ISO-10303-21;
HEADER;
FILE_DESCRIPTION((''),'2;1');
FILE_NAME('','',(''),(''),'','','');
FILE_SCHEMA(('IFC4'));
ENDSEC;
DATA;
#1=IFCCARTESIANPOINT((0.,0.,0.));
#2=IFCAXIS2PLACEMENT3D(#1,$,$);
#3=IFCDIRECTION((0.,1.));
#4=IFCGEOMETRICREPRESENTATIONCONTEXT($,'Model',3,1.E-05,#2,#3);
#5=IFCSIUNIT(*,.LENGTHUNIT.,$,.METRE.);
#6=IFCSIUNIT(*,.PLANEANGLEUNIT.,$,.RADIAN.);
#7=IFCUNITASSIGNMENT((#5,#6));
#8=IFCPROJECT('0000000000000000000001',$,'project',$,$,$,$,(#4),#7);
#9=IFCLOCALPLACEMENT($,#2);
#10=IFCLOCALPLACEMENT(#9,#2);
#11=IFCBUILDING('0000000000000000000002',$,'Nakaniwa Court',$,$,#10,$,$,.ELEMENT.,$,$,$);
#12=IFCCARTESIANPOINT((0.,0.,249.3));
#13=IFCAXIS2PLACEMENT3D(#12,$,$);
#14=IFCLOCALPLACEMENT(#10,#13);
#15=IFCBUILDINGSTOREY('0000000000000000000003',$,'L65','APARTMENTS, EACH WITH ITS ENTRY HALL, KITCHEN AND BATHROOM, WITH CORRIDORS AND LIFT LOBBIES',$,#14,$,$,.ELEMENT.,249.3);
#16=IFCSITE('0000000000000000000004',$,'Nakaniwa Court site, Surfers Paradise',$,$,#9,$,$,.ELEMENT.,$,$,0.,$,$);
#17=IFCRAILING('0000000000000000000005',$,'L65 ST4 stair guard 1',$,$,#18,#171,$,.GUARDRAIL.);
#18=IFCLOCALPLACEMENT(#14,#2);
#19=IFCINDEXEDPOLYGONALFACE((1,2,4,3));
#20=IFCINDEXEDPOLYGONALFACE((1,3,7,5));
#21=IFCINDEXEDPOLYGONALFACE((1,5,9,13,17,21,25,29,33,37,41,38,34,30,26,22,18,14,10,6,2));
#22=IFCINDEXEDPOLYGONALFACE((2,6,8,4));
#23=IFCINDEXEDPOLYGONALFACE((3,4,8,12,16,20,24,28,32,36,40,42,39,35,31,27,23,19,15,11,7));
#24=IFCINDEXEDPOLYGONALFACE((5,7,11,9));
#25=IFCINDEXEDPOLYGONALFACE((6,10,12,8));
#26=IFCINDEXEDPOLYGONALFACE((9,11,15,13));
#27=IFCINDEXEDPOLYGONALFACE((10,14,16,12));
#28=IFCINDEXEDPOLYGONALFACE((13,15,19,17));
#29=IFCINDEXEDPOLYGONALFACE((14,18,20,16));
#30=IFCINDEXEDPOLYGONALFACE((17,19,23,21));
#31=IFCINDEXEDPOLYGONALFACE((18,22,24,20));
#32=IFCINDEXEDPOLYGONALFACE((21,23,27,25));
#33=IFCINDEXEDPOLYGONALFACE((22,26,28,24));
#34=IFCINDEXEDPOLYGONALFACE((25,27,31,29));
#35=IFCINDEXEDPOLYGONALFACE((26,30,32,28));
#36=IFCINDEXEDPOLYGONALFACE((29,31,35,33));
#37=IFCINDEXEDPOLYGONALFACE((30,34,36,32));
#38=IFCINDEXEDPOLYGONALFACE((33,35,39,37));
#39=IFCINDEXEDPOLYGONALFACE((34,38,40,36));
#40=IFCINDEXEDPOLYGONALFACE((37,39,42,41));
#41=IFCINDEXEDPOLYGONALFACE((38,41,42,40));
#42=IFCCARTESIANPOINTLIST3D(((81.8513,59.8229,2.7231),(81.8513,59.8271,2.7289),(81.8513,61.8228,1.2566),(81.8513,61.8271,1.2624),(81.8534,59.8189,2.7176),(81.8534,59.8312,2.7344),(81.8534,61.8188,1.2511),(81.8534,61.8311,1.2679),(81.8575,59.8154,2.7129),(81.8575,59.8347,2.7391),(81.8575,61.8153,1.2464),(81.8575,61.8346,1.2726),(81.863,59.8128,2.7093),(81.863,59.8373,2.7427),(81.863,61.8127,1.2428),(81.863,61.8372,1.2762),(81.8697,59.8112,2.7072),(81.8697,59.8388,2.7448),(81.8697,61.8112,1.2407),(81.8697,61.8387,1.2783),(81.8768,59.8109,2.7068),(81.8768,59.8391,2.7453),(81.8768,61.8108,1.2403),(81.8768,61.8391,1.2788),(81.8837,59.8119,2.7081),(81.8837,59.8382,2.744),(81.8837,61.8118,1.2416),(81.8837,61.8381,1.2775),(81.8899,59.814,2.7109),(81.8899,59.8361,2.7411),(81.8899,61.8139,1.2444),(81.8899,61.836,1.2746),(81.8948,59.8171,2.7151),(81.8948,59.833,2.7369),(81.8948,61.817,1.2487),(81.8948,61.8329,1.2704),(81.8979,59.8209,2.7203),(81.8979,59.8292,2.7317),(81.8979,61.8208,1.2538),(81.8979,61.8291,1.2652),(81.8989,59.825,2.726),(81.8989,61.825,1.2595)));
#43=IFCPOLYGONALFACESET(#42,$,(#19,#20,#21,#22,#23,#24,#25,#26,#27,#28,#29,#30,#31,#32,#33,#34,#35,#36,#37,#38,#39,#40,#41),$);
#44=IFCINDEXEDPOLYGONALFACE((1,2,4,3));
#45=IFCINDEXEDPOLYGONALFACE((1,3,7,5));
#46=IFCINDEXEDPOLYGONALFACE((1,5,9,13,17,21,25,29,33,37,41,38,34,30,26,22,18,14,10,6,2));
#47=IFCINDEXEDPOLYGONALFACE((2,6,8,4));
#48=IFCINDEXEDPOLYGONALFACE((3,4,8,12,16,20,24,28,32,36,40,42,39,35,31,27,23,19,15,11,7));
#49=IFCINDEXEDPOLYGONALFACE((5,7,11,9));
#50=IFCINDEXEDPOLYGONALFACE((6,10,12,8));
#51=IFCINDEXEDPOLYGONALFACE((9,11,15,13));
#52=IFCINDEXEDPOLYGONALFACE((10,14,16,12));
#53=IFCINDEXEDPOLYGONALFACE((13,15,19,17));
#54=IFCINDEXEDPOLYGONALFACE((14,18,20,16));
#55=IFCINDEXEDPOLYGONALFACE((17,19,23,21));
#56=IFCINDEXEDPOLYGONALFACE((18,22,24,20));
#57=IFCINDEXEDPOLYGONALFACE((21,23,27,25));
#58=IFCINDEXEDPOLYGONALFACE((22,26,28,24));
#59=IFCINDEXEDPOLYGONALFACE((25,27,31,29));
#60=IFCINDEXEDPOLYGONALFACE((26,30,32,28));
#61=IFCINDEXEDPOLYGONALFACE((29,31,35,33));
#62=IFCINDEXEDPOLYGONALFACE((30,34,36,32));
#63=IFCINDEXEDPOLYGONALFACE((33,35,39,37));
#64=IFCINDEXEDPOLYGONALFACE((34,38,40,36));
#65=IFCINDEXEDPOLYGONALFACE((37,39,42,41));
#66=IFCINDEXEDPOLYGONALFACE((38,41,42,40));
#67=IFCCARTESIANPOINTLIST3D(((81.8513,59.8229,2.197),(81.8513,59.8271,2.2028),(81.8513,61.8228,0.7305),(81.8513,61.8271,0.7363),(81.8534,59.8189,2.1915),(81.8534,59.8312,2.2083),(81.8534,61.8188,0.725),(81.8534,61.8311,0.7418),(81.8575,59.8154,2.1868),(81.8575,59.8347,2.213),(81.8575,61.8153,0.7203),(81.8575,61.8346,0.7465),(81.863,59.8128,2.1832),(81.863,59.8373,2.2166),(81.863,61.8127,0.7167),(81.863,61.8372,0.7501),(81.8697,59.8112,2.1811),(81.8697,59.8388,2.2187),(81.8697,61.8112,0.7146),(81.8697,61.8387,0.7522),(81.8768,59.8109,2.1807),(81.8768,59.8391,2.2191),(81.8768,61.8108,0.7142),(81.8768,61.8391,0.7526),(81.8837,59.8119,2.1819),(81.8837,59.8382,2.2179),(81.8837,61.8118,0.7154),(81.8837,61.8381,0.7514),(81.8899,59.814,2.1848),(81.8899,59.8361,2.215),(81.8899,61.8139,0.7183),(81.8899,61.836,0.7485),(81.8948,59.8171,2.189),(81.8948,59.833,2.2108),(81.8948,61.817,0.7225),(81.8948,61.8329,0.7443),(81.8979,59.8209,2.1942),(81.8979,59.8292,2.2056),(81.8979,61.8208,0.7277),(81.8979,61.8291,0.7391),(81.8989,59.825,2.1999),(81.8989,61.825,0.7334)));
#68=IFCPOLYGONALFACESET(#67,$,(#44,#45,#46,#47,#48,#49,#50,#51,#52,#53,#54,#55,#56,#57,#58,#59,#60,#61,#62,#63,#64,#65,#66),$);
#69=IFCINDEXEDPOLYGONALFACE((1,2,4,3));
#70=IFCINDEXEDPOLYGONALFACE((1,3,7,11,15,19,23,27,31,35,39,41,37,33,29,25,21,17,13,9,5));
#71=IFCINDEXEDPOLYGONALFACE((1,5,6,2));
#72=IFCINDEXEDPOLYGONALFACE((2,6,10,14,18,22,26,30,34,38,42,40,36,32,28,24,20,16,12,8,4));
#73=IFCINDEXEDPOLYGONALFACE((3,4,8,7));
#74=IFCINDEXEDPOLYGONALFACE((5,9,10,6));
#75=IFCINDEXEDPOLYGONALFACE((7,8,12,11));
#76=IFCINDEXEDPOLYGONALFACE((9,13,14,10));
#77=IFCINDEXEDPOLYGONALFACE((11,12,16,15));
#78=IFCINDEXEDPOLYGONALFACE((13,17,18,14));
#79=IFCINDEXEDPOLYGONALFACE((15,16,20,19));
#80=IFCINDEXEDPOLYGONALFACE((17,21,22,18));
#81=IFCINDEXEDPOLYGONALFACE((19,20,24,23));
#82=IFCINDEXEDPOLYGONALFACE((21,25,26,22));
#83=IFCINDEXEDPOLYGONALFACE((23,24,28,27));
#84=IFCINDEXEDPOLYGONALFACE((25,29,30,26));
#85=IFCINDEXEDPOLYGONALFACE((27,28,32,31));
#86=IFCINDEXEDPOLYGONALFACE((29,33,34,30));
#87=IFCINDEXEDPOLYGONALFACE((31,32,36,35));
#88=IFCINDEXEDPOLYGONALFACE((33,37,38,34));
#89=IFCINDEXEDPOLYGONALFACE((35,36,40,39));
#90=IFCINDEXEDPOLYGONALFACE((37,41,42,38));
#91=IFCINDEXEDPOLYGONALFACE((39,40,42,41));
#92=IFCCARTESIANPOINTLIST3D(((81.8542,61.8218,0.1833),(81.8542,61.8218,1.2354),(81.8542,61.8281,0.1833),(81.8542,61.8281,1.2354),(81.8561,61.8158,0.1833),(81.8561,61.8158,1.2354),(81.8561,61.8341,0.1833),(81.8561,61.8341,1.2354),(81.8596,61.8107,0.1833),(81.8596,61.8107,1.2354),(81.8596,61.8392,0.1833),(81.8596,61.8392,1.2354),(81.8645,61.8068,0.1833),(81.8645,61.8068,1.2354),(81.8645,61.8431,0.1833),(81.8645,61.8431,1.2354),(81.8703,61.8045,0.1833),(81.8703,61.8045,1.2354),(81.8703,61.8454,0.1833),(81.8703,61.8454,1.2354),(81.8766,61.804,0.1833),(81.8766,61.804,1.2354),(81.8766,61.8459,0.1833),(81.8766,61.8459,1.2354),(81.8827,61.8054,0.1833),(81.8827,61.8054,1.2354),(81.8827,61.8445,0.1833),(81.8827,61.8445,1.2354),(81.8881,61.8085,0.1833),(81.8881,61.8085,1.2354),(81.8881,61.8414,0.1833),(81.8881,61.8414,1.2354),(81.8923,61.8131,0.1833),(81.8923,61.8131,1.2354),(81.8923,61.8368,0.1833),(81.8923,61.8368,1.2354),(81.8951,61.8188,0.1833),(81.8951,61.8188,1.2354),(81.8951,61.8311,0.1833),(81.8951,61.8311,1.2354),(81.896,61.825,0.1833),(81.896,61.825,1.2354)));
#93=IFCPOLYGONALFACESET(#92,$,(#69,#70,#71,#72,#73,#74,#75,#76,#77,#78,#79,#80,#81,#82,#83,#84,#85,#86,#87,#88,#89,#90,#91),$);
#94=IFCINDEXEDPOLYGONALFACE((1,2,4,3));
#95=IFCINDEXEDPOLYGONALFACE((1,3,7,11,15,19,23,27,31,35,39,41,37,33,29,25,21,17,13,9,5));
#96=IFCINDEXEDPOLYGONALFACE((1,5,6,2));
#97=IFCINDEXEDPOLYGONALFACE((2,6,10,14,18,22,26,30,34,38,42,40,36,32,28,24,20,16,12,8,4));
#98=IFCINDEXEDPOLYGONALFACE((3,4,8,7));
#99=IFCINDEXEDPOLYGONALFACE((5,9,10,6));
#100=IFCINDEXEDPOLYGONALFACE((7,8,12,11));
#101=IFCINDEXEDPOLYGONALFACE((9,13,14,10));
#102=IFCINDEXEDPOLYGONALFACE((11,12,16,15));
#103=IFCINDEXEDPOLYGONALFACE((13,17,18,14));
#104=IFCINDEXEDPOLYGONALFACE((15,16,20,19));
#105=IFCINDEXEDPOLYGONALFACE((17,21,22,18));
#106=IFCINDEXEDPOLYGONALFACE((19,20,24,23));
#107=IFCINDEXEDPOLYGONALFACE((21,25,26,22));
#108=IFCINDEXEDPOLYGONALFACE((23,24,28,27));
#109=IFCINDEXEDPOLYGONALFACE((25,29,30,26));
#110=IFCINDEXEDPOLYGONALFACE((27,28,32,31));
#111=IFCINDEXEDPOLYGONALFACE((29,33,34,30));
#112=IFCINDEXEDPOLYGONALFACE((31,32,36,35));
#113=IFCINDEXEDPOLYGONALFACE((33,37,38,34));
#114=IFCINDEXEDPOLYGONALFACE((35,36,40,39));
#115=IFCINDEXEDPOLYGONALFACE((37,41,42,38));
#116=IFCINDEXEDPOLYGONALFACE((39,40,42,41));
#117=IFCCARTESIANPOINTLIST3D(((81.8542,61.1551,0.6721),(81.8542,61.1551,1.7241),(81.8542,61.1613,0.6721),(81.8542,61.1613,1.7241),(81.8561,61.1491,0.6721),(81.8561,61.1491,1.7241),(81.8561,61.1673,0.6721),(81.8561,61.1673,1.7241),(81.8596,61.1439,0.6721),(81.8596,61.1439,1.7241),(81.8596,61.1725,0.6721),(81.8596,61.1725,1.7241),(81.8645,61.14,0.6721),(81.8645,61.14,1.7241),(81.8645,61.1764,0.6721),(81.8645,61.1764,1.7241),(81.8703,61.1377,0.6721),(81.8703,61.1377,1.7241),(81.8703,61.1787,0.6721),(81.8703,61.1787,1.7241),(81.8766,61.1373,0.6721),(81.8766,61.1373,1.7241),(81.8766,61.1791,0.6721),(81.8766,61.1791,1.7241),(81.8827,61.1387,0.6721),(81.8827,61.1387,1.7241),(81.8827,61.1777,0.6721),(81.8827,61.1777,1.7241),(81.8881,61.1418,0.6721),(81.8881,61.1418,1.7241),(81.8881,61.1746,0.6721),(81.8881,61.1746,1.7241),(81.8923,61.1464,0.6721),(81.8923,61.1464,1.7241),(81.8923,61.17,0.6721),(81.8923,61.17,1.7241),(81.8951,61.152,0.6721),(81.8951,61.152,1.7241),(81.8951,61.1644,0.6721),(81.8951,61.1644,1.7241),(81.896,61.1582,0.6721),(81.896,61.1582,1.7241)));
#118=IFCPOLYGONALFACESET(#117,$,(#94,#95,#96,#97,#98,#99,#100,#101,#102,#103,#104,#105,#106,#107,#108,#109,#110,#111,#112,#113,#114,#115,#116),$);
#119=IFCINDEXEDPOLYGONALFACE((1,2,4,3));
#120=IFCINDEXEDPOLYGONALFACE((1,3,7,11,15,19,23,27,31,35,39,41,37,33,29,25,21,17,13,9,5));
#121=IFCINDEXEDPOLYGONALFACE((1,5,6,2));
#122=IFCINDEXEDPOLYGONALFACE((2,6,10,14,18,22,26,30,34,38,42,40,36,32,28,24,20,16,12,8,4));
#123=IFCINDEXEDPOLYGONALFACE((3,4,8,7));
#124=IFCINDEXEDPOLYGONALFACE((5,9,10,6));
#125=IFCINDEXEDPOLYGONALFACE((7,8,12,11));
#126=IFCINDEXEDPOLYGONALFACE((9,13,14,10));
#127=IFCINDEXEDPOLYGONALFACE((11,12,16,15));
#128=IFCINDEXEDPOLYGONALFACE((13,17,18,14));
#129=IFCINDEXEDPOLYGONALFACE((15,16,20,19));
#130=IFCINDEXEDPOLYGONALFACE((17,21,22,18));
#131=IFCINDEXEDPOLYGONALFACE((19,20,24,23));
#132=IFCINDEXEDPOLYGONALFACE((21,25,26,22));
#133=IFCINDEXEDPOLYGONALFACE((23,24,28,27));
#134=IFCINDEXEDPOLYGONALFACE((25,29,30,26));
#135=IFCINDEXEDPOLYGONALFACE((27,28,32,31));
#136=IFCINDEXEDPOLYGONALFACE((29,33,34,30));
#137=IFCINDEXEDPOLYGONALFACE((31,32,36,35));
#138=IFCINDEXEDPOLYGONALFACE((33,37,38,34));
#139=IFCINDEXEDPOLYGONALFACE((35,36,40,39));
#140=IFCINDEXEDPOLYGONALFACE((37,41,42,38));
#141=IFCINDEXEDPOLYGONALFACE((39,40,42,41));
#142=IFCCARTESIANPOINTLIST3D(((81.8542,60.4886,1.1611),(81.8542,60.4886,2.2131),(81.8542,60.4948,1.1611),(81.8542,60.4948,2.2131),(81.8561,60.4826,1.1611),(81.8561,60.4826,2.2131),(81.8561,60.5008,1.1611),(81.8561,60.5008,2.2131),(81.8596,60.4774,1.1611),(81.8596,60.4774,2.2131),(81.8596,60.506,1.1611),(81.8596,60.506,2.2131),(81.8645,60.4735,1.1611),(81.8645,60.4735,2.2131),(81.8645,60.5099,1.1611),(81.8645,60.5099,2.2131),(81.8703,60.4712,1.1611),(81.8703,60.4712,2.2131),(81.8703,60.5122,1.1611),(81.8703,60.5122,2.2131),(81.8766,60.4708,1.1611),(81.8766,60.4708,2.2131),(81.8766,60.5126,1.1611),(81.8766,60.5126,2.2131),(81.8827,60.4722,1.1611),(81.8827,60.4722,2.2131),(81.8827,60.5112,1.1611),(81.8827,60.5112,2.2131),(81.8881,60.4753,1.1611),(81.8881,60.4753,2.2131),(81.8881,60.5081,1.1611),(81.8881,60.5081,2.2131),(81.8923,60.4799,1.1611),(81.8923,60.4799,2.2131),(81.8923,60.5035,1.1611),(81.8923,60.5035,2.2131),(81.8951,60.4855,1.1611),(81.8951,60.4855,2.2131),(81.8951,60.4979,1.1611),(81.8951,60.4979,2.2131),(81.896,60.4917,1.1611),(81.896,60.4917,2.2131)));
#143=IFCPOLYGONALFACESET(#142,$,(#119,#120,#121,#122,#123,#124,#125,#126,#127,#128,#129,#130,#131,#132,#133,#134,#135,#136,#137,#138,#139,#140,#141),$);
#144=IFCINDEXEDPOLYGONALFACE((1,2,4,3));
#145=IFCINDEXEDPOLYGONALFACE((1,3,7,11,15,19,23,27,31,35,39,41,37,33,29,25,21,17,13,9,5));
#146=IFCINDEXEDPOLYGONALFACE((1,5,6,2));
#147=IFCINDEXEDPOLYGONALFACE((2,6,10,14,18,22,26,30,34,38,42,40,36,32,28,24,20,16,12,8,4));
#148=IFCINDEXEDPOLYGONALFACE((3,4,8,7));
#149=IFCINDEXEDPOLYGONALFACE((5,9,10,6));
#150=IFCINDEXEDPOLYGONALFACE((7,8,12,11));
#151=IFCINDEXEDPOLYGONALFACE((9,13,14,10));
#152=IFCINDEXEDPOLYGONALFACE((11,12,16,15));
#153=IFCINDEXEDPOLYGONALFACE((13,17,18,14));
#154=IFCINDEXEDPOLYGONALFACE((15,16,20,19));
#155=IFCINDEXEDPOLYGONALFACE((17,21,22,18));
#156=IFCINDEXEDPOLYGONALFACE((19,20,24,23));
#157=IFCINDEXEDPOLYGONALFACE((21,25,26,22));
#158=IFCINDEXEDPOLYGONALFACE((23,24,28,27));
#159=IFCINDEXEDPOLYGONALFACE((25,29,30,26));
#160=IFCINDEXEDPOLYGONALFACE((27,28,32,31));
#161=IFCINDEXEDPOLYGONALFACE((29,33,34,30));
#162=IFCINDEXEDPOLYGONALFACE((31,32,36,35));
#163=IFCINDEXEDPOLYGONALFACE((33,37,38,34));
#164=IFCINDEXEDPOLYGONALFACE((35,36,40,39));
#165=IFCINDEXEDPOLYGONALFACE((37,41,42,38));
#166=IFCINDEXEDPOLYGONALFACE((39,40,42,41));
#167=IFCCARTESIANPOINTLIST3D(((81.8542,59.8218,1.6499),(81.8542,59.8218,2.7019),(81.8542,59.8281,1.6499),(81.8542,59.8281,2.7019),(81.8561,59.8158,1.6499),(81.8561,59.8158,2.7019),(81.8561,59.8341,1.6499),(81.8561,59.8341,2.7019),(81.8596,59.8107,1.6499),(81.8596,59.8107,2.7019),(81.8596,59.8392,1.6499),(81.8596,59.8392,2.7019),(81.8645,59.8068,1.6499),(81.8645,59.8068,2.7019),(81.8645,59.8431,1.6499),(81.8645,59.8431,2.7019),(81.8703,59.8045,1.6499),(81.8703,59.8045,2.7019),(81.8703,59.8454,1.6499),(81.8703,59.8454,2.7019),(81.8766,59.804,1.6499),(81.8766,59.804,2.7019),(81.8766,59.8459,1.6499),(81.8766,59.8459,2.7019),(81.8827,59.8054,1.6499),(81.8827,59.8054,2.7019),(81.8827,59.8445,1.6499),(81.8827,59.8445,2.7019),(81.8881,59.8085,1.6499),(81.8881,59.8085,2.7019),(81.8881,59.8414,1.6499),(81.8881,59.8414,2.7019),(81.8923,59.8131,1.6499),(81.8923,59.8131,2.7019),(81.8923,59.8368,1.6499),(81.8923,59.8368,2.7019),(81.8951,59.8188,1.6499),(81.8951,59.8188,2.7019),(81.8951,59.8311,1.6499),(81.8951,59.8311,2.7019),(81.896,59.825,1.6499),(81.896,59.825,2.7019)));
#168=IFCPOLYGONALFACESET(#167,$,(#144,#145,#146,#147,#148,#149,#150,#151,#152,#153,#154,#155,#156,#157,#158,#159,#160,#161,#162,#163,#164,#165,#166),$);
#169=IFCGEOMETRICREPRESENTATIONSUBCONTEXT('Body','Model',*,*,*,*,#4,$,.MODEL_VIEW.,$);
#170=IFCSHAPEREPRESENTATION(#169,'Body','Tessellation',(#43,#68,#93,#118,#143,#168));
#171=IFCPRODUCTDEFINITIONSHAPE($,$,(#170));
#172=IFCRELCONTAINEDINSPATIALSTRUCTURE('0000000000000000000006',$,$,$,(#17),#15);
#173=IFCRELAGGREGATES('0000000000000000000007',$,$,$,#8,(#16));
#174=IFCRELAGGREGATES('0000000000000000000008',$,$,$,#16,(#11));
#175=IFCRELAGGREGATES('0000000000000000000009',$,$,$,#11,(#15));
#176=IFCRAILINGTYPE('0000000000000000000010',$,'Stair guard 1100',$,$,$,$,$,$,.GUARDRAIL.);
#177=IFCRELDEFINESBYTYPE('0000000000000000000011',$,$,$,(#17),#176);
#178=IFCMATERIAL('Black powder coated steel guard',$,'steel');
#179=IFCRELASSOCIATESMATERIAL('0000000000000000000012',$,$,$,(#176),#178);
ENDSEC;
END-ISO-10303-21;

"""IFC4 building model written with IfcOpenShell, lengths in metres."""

from ifc_helpers import new_model, si_unit, direction, frame, origin, origin_2d, place, context, subcontext, project, spatial, circle, extrude, material, type_object, element, save


model = new_model("IFC4")

# Units and contexts
model_context = context("Model", 3, precision=1e-05, world=origin(), true_north=direction((0.0, 1.0)))
body_context = subcontext(model_context, "Body", "Model", "MODEL_VIEW")
ifc_project = project(units=[si_unit("LENGTHUNIT", "METRE"), si_unit("PLANEANGLEUNIT", "RADIAN")], contexts=[model_context])

# Site, building, storey
site_placement = place(None, origin())
site = spatial("IfcSite", under=ifc_project, at=site_placement, Name="Nakaniwa Court site, Surfers Paradise", CompositionType="ELEMENT", RefElevation=0.0)
building_placement = place(site_placement, origin())
building = spatial("IfcBuilding", under=site, at=building_placement, Name="Nakaniwa Court", CompositionType="ELEMENT")
storey_placement = place(building_placement, frame((0.0, 0.0, 249.3)))
storey = spatial("IfcBuildingStorey", under=building, at=storey_placement, Name="L65", Description="APARTMENTS, EACH WITH ITS ENTRY HALL, KITCHEN AND BATHROOM, WITH CORRIDORS AND LIFT LOBBIES", CompositionType="ELEMENT", Elevation=249.3)

# Railing
ifc_material_1 = material(Name="Black powder coated steel guard", Category="steel")
railing_type_1 = type_object("IfcRailingType", Name="Stair guard 1100", PredefinedType="GUARDRAIL", material=ifc_material_1)
railing_1_placement = place(storey_placement, frame((81.875, 61.825, 0.1833)))
element("IfcRailing", 1, at=railing_1_placement, inside=storey, type_object=railing_type_1, Name="L65 ST4 stair guard 1", PredefinedType="GUARDRAIL", context=body_context, shape_type="SweptSolid", body=[
    extrude(circle(Radius=0.0239, at=origin_2d()), frame((0.0, 0.0, 1.0762), z_axis=(0.0, -0.806427, 0.591334), x_axis=(1.0, 0.0, 0.0)), (0.0, 0.0, 1.0), 2.48),
    extrude(circle(Radius=0.0239, at=origin_2d()), frame((0.0, 0.0, 0.55), z_axis=(0.0, -0.806427, 0.591334), x_axis=(1.0, 0.0, 0.0)), (0.0, 0.0, 1.0), 2.48),
    extrude(circle(Radius=0.021, at=origin_2d()), origin(), (0.0, 0.0, 1.0), 1.052),
    extrude(circle(Radius=0.021, at=origin_2d()), frame((0.0, -0.6667, 0.4888)), (0.0, 0.0, 1.0), 1.052),
    extrude(circle(Radius=0.021, at=origin_2d()), frame((0.0, -1.3333, 0.9778)), (0.0, 0.0, 1.0), 1.052),
    extrude(circle(Radius=0.021, at=origin_2d()), frame((0.0, -2.0, 1.4666)), (0.0, 0.0, 1.0), 1.052),
])

save(model, "model.ifc")
